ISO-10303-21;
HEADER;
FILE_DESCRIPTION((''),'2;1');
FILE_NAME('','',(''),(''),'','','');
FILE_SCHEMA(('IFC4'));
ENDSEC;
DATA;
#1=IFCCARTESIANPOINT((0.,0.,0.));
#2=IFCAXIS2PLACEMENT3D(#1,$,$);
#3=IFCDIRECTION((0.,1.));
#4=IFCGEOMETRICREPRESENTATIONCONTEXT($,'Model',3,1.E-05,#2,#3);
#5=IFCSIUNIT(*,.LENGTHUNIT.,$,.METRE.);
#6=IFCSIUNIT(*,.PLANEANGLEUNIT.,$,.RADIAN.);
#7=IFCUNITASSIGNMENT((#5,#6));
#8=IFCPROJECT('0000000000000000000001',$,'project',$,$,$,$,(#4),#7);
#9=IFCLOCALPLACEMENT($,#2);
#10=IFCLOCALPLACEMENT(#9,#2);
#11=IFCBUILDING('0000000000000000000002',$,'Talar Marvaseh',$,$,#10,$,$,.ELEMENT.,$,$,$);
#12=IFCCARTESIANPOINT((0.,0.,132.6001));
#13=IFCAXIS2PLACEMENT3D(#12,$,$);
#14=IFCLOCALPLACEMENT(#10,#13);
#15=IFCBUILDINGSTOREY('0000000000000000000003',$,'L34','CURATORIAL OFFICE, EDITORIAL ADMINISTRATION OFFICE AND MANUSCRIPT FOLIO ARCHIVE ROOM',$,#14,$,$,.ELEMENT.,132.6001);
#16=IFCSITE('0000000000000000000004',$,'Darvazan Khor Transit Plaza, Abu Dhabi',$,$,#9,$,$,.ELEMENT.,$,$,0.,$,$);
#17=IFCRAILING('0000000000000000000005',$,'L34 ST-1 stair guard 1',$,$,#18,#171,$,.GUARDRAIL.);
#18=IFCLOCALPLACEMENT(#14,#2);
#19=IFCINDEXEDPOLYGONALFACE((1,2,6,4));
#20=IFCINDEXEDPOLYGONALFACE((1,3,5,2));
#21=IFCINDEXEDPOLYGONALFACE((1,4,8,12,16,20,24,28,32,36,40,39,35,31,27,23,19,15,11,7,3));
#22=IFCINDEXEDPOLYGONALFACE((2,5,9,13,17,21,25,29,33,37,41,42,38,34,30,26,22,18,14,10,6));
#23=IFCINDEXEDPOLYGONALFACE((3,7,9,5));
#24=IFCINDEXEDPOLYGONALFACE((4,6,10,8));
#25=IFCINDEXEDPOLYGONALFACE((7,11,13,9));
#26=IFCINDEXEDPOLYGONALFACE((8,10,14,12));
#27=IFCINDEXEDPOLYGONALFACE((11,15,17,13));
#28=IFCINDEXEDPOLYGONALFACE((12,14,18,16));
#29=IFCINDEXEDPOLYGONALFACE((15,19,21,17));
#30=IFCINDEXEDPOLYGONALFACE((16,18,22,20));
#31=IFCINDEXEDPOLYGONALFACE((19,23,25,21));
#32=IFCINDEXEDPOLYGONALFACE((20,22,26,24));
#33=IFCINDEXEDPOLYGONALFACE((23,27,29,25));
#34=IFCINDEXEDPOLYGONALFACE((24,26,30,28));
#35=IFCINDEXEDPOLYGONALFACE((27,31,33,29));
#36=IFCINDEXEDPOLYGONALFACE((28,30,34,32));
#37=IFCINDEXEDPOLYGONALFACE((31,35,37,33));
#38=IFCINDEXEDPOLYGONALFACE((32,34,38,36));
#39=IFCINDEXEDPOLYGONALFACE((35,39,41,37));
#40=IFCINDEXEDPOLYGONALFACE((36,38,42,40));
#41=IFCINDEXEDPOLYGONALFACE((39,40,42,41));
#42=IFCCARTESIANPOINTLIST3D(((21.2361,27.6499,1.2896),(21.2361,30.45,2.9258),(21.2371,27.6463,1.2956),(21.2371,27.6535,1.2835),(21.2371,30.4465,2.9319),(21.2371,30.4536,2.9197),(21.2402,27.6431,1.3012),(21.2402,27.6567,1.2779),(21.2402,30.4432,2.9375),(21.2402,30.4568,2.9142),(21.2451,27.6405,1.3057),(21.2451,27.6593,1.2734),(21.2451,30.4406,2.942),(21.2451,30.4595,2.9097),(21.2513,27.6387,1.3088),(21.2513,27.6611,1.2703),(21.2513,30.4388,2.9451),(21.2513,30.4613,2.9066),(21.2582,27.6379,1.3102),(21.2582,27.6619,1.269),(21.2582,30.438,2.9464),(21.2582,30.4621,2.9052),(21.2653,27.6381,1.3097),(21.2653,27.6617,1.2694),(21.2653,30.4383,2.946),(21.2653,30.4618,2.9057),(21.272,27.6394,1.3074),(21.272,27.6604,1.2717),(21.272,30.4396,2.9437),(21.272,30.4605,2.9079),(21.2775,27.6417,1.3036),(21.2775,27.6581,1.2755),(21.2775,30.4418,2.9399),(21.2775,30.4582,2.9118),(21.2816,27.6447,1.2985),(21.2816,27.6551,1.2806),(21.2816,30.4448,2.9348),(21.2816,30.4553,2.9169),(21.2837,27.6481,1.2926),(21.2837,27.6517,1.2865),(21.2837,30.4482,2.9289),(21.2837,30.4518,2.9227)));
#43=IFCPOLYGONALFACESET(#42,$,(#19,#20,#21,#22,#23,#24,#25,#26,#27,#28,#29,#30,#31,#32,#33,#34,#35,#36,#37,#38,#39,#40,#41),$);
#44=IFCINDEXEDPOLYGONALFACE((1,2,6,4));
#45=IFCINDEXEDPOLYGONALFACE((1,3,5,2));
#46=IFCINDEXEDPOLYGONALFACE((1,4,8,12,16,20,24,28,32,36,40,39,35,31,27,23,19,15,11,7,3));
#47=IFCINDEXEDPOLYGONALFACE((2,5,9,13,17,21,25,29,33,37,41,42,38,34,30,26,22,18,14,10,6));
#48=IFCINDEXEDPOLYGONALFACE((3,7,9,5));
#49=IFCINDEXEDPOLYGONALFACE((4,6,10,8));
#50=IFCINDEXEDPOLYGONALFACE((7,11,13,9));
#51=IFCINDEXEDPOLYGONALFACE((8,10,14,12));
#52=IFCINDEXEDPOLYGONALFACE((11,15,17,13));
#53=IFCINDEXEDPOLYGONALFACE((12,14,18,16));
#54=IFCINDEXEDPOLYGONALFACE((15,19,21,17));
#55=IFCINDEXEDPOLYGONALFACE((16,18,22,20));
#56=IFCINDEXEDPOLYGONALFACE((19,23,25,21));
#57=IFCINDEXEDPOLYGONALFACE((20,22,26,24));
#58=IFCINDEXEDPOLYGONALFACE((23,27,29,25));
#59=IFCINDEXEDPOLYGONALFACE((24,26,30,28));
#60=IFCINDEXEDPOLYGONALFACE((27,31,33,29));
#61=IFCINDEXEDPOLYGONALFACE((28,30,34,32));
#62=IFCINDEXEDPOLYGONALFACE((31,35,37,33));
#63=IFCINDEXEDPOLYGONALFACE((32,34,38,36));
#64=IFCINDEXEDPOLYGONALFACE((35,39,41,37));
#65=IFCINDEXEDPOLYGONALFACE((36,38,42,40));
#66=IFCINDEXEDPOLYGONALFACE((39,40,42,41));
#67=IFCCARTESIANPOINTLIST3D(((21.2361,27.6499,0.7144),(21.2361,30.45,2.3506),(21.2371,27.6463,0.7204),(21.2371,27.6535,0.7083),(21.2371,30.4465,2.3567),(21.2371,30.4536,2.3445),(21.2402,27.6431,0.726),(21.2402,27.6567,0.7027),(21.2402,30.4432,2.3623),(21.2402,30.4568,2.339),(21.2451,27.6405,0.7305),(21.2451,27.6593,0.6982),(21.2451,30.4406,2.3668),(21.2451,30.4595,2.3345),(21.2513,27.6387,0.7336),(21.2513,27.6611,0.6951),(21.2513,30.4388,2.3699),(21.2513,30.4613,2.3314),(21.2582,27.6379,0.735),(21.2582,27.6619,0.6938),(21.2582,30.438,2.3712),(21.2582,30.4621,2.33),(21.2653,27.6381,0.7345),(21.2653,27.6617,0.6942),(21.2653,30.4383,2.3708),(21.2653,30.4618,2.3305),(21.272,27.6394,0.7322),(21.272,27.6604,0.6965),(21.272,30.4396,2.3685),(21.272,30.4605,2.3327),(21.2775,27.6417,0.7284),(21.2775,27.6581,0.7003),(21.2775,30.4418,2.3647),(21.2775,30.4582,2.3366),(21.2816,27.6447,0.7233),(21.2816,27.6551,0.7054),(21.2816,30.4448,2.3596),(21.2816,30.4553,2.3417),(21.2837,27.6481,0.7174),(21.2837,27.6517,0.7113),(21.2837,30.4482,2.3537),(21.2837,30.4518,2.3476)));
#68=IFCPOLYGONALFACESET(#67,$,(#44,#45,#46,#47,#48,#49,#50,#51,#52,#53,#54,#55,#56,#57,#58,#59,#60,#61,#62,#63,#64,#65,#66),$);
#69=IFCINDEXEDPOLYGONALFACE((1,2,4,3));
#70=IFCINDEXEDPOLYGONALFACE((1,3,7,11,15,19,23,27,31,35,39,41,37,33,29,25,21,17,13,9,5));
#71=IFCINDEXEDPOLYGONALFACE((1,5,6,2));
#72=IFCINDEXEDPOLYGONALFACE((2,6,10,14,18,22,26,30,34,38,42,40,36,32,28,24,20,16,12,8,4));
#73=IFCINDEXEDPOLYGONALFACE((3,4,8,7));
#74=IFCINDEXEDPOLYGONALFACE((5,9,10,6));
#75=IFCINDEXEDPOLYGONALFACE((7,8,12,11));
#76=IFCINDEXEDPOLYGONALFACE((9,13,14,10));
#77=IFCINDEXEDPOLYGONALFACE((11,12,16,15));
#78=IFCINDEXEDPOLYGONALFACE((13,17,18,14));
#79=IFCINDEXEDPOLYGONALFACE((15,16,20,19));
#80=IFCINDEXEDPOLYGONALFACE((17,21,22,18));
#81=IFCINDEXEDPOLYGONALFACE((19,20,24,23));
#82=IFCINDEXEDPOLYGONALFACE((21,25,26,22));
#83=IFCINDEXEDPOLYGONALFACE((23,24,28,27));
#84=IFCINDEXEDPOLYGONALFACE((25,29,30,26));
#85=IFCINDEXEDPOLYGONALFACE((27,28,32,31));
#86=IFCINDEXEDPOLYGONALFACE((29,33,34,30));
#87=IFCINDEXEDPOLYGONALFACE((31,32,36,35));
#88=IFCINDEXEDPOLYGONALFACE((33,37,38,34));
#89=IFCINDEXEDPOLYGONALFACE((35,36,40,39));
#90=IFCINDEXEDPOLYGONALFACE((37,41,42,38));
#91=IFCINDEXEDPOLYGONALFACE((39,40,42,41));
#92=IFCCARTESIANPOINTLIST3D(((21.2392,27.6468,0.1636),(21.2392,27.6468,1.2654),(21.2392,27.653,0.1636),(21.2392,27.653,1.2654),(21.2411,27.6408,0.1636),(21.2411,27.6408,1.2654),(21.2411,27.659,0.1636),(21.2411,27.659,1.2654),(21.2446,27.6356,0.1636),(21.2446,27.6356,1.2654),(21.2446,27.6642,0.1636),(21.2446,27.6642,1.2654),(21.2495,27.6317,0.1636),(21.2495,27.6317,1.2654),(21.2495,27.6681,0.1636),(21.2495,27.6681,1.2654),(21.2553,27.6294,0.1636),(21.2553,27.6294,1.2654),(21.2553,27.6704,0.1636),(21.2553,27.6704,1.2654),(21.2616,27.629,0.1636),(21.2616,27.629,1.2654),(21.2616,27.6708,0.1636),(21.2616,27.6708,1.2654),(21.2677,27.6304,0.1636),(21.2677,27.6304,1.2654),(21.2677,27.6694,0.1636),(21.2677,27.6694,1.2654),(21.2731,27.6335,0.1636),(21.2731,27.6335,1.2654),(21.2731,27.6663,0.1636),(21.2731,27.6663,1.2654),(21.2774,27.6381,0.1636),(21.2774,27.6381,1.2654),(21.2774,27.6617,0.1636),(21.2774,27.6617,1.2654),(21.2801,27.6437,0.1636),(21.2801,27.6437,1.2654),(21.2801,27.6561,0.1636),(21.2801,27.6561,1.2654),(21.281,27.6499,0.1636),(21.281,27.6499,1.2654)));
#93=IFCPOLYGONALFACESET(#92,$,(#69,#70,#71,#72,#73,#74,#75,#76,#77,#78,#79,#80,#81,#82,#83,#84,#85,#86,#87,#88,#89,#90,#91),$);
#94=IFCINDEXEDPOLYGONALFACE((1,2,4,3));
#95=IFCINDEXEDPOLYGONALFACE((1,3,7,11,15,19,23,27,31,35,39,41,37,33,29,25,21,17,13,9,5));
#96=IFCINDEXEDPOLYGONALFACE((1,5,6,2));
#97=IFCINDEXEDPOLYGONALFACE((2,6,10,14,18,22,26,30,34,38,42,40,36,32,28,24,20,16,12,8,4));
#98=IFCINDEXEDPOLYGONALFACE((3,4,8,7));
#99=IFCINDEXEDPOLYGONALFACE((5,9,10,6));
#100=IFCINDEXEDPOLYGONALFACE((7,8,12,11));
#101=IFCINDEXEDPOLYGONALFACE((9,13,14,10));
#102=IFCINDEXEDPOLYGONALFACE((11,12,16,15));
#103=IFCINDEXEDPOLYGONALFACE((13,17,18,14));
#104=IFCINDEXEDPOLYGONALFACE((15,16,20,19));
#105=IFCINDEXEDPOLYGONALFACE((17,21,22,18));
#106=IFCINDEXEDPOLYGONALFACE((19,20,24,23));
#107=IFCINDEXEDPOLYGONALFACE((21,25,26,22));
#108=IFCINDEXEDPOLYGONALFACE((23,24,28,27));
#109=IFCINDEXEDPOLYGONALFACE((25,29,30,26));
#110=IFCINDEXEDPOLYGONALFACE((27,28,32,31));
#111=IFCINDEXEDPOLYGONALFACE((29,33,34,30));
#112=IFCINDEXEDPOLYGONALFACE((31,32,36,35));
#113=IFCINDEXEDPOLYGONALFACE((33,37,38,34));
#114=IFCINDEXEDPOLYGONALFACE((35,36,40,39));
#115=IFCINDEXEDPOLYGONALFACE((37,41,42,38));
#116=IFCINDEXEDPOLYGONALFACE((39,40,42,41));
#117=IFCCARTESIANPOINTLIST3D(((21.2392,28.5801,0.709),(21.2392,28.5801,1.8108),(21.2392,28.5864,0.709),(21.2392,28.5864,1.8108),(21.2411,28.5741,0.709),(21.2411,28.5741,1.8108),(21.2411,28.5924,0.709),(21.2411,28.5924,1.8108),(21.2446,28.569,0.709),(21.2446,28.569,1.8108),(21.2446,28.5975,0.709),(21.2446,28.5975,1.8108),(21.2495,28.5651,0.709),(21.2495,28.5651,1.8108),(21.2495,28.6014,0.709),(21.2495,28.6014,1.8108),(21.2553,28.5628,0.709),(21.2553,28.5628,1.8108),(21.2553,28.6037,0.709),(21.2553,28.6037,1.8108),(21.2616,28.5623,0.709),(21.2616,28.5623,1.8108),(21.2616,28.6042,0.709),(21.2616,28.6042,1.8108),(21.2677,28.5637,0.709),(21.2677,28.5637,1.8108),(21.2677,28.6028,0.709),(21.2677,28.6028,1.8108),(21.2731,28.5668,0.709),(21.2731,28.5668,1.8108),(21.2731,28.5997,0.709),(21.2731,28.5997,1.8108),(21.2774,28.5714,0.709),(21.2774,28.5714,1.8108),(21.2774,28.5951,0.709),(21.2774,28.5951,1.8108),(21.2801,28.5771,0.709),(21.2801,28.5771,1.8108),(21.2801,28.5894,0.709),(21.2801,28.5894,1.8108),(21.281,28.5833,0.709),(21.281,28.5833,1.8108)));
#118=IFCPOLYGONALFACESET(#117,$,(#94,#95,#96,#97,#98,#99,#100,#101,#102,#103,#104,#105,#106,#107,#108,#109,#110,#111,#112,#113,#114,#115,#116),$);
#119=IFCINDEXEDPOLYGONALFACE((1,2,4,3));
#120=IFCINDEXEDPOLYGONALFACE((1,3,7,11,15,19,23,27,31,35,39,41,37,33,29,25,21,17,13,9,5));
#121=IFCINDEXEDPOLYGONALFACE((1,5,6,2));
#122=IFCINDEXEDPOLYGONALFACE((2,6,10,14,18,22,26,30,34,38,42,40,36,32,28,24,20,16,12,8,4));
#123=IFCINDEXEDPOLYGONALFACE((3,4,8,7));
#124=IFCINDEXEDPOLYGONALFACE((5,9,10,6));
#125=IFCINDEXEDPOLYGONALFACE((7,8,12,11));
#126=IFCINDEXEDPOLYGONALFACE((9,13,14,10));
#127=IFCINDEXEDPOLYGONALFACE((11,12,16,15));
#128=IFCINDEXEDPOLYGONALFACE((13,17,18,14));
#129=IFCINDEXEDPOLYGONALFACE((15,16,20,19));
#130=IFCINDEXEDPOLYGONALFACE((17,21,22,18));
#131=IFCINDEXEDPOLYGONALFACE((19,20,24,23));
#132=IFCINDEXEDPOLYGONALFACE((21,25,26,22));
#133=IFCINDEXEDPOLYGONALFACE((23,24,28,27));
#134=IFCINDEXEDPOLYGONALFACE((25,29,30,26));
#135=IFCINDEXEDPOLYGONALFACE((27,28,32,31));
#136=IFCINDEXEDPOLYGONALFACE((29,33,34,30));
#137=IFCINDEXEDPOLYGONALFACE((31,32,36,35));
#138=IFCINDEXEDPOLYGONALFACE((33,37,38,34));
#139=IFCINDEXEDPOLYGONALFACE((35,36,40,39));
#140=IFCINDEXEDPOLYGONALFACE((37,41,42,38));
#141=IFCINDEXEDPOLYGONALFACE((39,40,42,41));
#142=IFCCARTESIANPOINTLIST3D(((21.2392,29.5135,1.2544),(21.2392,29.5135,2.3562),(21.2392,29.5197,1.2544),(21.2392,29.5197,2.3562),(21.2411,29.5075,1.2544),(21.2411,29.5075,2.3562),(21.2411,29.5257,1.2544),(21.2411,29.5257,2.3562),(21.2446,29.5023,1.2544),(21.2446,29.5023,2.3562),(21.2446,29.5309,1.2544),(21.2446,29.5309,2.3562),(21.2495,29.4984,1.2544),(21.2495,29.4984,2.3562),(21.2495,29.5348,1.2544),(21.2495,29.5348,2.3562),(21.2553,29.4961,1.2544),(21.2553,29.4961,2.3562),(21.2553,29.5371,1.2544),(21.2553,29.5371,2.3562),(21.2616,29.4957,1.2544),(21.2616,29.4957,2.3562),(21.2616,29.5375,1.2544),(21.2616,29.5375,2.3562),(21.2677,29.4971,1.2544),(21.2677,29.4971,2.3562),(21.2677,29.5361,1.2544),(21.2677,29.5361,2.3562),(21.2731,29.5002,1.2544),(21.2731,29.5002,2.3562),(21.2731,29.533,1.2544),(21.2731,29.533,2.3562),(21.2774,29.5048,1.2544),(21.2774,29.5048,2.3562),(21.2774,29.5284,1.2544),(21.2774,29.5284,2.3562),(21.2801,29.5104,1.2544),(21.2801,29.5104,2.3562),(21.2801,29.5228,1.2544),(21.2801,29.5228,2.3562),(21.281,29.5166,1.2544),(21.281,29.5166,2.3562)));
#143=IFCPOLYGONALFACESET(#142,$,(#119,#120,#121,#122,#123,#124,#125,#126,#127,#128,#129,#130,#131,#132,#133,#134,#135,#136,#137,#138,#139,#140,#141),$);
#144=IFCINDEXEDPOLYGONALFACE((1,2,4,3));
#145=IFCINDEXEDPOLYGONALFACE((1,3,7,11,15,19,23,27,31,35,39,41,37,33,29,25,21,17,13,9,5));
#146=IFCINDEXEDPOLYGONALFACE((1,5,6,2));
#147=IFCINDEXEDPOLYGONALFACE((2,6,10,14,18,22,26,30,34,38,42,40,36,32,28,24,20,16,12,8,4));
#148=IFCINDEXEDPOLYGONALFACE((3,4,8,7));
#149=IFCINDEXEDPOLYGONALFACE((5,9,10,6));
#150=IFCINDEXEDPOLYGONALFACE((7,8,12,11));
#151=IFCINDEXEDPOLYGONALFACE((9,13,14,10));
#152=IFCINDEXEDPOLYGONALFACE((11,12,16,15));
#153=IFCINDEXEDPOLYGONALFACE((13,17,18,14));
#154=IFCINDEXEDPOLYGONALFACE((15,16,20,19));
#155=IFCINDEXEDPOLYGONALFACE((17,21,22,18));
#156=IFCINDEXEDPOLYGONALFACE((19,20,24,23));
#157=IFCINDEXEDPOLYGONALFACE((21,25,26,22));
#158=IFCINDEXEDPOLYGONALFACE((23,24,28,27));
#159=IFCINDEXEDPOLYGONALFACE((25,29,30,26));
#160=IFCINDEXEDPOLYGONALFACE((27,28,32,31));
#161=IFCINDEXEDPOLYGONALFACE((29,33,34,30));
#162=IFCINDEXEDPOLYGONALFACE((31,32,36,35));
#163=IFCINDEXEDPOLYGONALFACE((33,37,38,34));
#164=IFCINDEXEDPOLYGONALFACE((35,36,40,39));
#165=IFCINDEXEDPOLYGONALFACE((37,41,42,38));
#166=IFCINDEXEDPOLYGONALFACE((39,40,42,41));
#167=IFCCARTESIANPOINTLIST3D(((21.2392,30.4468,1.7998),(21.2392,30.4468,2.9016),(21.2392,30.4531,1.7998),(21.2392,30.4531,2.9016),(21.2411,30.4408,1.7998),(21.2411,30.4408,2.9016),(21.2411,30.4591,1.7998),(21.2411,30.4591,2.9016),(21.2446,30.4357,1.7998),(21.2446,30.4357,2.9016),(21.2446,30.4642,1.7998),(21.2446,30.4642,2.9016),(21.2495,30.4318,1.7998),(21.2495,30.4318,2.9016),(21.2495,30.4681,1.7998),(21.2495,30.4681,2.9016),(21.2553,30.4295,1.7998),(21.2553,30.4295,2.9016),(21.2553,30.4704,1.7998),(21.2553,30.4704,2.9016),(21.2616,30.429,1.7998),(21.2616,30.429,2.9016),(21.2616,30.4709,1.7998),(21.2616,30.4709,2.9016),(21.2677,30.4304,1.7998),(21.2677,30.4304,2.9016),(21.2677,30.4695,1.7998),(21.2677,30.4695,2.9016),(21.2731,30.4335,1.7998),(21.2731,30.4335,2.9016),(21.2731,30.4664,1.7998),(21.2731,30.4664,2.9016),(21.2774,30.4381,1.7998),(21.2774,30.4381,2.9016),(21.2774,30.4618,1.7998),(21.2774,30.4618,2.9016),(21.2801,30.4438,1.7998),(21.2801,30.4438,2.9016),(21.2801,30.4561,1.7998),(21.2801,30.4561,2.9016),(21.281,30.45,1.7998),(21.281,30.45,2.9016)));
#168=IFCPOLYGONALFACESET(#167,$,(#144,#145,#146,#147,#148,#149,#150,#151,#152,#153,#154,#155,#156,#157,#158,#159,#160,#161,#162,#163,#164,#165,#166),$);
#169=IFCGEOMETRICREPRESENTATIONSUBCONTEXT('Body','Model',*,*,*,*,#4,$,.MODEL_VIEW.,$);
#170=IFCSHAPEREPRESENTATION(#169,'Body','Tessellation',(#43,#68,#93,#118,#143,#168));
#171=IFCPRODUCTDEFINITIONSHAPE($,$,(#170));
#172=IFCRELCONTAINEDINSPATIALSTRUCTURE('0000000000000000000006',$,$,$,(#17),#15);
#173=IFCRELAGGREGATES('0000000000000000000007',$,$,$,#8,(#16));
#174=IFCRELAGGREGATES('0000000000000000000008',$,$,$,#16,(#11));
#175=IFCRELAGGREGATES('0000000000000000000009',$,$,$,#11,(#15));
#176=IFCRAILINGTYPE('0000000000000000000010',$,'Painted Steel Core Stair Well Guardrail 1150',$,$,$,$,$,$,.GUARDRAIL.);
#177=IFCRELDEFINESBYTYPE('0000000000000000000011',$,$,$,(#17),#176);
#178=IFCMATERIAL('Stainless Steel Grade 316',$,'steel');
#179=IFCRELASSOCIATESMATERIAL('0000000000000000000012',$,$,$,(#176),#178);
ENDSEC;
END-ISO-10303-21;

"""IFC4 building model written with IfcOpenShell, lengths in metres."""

from ifc_helpers import new_model, si_unit, direction, frame, origin, origin_2d, place, context, subcontext, project, spatial, circle, extrude, material, type_object, element, save


model = new_model("IFC4")

# Units and contexts
model_context = context("Model", 3, precision=1e-05, world=origin(), true_north=direction((0.0, 1.0)))
body_context = subcontext(model_context, "Body", "Model", "MODEL_VIEW")
ifc_project = project(units=[si_unit("LENGTHUNIT", "METRE"), si_unit("PLANEANGLEUNIT", "RADIAN")], contexts=[model_context])

# Site, building, storey
site_placement = place(None, origin())
site = spatial("IfcSite", under=ifc_project, at=site_placement, Name="Darvazan Khor Transit Plaza, Abu Dhabi", CompositionType="ELEMENT", RefElevation=0.0)
building_placement = place(site_placement, origin())
building = spatial("IfcBuilding", under=site, at=building_placement, Name="Talar Marvaseh", CompositionType="ELEMENT")
storey_placement = place(building_placement, frame((0.0, 0.0, 132.6001)))
storey = spatial("IfcBuildingStorey", under=building, at=storey_placement, Name="L34", Description="CURATORIAL OFFICE, EDITORIAL ADMINISTRATION OFFICE AND MANUSCRIPT FOLIO ARCHIVE ROOM", CompositionType="ELEMENT", Elevation=132.6001)

# Railing
ifc_material_1 = material(Name="Stainless Steel Grade 316", Category="steel")
railing_type_1 = type_object("IfcRailingType", Name="Painted Steel Core Stair Well Guardrail 1150", PredefinedType="GUARDRAIL", material=ifc_material_1)
railing_1_placement = place(storey_placement, frame((21.26, 27.6499, 0.1636)))
element("IfcRailing", 1, at=railing_1_placement, inside=storey, type_object=railing_type_1, Name="L34 ST-1 stair guard 1", PredefinedType="GUARDRAIL", context=body_context, shape_type="SweptSolid", body=[
    extrude(circle(Radius=0.0239, at=origin_2d()), frame((0.0, 0.0, 1.126), z_axis=(0.0, 0.863394, 0.504531), x_axis=(-1.0, 0.0, 0.0)), (0.0, 0.0, 1.0), 3.2432),
    extrude(circle(Radius=0.0239, at=origin_2d()), frame((0.0, 0.0, 0.5508), z_axis=(0.0, 0.863394, 0.504531), x_axis=(-1.0, 0.0, 0.0)), (0.0, 0.0, 1.0), 3.2432),
    extrude(circle(Radius=0.021, at=origin_2d()), origin(), (0.0, 0.0, 1.0), 1.1018),
    extrude(circle(Radius=0.021, at=origin_2d()), frame((0.0, 0.9333, 0.5454)), (0.0, 0.0, 1.0), 1.1018),
    extrude(circle(Radius=0.021, at=origin_2d()), frame((0.0, 1.8667, 1.0908)), (0.0, 0.0, 1.0), 1.1018),
    extrude(circle(Radius=0.021, at=origin_2d()), frame((0.0, 2.8, 1.6362)), (0.0, 0.0, 1.0), 1.1018),
])

save(model, "model.ifc")
